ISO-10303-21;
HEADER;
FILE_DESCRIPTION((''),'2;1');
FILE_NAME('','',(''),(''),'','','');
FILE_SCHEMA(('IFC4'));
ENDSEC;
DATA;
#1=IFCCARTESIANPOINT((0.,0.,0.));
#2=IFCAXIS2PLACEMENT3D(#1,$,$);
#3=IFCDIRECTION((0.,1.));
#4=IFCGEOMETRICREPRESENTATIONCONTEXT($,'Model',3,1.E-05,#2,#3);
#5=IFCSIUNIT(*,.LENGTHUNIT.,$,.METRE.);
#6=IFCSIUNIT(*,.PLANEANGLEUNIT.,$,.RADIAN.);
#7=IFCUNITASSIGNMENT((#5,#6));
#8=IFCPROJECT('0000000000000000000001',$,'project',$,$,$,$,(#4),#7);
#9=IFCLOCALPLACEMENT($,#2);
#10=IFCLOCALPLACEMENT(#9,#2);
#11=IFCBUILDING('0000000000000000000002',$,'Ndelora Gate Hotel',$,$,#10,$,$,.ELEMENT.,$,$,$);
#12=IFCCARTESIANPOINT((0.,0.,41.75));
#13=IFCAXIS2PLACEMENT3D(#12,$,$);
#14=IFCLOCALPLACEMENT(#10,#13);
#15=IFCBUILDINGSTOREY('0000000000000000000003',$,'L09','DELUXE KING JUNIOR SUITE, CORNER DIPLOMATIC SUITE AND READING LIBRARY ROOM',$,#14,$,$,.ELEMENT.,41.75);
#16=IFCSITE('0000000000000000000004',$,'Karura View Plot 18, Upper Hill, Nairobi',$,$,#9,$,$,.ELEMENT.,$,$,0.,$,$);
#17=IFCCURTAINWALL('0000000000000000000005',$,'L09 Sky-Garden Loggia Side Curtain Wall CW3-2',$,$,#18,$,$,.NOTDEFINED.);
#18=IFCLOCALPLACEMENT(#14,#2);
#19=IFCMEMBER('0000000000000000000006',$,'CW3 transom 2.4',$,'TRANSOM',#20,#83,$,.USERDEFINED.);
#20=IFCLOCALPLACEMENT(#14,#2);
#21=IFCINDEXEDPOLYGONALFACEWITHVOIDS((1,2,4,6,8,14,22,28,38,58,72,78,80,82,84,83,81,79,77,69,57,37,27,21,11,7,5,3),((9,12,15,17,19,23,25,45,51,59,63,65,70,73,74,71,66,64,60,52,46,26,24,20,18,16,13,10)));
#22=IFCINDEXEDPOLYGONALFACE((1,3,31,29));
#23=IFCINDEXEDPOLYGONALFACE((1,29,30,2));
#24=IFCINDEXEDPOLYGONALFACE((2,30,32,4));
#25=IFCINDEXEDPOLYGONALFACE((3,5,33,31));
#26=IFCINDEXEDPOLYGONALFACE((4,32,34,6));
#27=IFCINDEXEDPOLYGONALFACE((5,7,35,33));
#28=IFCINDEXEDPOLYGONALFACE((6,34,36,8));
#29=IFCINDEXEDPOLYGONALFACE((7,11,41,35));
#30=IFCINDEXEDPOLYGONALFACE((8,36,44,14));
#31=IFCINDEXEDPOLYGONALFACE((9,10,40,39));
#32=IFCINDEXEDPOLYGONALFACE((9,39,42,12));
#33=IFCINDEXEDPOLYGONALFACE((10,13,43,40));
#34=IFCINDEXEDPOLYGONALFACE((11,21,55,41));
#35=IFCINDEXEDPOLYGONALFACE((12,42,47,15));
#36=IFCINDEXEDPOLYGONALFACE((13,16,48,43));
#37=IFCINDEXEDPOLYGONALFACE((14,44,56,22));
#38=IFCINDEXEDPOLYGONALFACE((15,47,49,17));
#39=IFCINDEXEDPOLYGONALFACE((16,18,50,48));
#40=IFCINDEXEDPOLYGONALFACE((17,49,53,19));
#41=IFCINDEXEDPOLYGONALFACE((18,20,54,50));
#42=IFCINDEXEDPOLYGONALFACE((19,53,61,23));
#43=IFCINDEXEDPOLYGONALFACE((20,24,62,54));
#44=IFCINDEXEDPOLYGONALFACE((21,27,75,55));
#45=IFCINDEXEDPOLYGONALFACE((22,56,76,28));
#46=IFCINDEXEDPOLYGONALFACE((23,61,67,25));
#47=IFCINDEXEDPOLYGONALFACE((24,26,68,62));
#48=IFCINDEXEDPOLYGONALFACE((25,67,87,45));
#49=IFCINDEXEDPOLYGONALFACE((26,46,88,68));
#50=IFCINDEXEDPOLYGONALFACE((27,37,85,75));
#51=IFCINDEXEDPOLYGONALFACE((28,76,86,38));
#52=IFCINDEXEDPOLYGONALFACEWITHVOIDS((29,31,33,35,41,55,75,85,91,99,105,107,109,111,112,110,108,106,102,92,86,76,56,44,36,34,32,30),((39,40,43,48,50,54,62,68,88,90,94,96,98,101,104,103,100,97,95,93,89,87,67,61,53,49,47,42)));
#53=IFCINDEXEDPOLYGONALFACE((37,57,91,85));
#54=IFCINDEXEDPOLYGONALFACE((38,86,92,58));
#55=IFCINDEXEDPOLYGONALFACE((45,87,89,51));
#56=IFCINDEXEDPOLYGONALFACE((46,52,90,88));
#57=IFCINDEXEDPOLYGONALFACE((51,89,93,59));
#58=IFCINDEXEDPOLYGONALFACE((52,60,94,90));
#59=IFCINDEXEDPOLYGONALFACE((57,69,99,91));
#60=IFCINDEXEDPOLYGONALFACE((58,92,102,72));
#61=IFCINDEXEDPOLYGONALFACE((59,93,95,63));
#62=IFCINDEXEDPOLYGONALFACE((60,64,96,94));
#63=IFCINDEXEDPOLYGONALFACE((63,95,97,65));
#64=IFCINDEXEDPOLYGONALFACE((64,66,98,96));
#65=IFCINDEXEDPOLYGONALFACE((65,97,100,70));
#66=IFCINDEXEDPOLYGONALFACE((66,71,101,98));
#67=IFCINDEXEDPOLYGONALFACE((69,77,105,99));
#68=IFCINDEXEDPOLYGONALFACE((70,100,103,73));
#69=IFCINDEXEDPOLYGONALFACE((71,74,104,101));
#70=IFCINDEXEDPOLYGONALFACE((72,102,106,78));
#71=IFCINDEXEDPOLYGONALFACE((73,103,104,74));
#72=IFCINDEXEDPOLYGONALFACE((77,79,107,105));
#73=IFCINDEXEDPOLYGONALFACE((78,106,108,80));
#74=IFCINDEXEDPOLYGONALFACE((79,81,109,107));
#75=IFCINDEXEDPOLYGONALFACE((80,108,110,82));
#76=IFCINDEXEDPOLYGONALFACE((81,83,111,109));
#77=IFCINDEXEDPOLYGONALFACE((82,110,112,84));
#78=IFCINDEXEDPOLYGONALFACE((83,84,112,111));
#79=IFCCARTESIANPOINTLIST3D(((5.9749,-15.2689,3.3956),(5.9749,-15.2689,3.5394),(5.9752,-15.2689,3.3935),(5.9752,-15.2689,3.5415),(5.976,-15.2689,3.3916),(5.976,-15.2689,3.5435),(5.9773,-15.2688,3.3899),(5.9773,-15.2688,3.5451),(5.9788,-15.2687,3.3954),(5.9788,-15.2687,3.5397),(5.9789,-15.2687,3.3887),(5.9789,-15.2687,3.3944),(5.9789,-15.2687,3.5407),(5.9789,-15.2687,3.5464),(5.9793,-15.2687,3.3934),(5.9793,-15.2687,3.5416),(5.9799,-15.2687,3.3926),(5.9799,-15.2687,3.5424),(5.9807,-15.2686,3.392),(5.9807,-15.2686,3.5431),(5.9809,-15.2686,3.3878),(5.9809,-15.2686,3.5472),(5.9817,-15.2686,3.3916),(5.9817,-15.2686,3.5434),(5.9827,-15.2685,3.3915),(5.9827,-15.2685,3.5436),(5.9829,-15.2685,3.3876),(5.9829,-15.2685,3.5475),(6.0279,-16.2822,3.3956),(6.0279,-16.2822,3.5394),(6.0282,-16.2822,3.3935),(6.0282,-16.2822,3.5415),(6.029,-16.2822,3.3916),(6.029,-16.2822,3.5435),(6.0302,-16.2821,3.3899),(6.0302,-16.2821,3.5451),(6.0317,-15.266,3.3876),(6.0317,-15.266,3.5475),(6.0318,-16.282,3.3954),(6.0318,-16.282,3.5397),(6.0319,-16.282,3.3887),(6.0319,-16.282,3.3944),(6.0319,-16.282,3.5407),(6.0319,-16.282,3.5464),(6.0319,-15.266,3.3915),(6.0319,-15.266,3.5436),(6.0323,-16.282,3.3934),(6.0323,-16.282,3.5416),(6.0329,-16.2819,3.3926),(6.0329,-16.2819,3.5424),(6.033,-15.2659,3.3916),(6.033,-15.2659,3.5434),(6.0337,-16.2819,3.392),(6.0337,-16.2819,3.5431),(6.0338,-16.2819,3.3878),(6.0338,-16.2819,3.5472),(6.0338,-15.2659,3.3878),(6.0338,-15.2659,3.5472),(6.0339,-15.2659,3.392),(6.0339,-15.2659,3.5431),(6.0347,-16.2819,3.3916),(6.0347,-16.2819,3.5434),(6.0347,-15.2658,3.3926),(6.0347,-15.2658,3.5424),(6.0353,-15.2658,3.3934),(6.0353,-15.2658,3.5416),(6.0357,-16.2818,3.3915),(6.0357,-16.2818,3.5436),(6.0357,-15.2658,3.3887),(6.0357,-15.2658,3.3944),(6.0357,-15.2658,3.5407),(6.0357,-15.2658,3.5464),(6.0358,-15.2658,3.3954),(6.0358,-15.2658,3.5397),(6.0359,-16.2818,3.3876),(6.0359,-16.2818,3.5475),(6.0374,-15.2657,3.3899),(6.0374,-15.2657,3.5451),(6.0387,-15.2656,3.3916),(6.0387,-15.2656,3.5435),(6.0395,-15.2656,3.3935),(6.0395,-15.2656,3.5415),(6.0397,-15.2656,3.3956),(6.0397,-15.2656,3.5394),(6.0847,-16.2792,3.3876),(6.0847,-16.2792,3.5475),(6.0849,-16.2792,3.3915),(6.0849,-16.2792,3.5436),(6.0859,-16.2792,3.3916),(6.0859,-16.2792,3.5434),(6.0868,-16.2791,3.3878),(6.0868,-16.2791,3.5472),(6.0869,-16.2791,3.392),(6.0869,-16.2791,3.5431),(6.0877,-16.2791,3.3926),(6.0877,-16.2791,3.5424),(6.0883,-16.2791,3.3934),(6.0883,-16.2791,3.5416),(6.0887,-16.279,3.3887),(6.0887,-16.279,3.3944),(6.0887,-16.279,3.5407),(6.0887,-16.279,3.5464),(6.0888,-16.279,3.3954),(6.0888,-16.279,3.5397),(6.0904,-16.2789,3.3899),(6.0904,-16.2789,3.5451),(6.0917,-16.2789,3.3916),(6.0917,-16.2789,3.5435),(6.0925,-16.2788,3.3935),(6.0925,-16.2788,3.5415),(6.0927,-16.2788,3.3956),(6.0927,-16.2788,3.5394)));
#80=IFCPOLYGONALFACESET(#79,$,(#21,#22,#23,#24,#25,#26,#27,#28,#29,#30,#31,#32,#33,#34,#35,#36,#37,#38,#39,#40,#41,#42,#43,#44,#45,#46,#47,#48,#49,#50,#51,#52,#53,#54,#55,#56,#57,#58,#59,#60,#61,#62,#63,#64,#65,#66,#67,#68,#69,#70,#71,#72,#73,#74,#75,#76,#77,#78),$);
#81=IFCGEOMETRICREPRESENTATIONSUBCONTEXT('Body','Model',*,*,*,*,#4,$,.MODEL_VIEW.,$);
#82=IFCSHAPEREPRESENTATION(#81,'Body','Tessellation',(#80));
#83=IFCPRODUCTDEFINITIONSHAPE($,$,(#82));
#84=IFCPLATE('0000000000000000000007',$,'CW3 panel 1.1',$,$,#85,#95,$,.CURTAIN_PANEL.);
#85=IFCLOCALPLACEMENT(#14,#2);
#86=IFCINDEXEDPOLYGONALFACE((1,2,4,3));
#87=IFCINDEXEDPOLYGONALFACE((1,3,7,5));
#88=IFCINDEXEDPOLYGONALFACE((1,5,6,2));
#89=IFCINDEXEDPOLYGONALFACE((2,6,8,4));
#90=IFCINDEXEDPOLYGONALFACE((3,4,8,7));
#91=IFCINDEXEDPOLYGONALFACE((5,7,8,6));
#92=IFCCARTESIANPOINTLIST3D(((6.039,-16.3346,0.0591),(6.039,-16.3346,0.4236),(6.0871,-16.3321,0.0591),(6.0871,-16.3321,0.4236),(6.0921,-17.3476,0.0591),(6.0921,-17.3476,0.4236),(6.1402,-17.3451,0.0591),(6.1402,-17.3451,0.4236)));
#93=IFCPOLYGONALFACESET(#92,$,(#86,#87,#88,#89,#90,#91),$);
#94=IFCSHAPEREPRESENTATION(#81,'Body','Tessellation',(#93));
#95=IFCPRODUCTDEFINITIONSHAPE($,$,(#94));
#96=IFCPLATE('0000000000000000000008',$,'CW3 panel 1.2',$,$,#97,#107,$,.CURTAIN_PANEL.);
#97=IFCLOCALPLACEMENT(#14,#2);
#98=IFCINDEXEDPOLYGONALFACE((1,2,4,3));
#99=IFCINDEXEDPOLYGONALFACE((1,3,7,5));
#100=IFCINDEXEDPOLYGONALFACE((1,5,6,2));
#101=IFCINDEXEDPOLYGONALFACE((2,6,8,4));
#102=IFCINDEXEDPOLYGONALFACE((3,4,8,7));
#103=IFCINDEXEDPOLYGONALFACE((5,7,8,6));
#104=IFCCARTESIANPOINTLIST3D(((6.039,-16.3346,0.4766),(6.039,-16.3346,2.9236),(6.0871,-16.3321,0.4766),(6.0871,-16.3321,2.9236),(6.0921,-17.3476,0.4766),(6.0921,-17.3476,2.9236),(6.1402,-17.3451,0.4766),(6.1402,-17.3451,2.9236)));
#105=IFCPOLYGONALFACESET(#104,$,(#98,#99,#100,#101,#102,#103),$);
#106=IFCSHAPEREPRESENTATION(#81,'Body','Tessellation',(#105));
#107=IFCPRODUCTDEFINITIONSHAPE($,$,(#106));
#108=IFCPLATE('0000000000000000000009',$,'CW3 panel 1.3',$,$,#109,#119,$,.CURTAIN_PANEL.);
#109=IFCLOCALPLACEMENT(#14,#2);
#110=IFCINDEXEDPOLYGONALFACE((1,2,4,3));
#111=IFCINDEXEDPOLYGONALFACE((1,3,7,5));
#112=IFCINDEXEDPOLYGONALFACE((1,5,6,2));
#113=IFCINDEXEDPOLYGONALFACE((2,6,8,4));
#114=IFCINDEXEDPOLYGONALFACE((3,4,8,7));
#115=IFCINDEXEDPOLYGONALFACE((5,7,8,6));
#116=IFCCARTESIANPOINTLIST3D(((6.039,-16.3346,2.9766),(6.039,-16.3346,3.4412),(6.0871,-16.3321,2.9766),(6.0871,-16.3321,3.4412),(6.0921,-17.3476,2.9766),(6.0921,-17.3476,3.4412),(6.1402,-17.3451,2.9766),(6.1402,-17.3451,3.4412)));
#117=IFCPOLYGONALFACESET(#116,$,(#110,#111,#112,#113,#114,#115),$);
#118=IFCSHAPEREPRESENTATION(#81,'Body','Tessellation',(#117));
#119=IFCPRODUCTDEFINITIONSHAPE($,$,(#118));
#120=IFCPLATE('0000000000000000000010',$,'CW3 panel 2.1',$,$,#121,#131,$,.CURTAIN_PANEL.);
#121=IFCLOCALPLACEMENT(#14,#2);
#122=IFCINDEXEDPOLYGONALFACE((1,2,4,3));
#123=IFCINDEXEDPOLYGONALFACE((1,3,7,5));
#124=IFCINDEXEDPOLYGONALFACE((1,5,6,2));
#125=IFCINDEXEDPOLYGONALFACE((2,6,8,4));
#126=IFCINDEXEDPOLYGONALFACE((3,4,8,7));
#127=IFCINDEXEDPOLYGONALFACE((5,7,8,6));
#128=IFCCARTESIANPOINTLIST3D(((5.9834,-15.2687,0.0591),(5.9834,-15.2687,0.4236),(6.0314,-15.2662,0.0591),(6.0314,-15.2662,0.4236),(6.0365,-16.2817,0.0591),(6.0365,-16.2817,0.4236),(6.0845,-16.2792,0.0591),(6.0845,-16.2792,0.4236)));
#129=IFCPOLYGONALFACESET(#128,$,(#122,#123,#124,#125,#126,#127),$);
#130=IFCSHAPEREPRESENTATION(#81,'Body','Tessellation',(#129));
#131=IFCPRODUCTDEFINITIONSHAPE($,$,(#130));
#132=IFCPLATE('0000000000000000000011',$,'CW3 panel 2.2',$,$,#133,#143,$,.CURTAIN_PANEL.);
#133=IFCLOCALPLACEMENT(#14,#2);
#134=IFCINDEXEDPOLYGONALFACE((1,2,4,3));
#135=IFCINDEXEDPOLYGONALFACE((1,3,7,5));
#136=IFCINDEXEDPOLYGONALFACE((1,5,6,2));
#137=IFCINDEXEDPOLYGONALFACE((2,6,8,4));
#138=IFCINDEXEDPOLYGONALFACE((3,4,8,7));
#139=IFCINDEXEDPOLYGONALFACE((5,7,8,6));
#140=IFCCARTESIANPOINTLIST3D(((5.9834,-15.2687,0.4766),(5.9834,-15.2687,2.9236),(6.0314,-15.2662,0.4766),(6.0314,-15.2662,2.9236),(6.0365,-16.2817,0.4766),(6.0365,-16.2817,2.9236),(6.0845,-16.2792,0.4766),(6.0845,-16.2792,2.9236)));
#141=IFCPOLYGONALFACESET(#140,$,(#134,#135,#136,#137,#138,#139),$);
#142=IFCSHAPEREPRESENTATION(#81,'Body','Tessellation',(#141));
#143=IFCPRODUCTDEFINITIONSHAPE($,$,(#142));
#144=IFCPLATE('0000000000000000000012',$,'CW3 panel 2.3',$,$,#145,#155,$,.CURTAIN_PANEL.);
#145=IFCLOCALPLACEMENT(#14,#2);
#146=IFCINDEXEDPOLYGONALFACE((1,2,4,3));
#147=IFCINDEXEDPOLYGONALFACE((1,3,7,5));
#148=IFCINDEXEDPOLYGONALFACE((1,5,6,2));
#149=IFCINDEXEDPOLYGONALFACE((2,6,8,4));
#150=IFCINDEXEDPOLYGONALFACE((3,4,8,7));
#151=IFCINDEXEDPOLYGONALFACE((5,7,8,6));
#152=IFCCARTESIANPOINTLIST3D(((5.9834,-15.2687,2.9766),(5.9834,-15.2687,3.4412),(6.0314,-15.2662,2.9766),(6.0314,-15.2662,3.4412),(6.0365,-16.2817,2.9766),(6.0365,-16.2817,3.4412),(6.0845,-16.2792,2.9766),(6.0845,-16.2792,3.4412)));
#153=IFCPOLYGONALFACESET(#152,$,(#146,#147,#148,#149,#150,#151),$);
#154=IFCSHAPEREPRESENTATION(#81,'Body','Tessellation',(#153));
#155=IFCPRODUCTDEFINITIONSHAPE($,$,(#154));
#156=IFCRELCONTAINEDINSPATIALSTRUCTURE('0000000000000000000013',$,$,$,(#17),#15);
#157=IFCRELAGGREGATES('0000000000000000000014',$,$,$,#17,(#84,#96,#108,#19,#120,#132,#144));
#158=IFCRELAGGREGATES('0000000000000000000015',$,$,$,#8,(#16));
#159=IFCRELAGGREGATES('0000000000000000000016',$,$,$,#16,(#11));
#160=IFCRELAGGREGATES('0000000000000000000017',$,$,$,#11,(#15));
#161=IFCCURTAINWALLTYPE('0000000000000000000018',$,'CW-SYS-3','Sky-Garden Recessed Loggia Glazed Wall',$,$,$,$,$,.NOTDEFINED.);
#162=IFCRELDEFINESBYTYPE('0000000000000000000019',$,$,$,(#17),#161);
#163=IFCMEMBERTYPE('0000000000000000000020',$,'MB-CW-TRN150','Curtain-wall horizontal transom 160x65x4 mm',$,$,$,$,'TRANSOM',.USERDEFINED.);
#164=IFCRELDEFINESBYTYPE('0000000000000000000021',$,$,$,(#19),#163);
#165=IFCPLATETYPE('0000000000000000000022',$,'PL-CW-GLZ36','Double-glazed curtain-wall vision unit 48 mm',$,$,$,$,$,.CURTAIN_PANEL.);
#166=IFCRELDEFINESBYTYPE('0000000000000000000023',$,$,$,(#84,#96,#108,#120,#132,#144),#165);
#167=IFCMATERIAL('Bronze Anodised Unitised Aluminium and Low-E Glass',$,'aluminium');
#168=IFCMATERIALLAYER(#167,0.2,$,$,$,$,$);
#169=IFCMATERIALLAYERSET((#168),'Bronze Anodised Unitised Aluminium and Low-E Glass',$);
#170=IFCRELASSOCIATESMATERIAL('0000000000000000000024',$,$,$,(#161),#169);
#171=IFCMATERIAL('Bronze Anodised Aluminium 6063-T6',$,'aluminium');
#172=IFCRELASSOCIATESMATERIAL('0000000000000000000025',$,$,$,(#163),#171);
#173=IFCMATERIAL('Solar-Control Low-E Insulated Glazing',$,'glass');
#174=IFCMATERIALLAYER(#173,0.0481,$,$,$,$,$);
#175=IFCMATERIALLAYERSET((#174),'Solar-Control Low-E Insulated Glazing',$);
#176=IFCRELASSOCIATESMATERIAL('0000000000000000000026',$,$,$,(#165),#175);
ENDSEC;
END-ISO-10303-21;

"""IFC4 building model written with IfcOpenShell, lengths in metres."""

from ifc_helpers import new_model, si_unit, direction, frame, origin, origin_2d, place, context, subcontext, project, spatial, rectangle, hollow_rectangle, extrude, material, layer, layer_set, material_profile, profile_set, type_object, element, aggregate, save


model = new_model("IFC4")

# Units and contexts
model_context = context("Model", 3, precision=1e-05, world=origin(), true_north=direction((0.0, 1.0)))
body_context = subcontext(model_context, "Body", "Model", "MODEL_VIEW")
ifc_project = project(units=[si_unit("LENGTHUNIT", "METRE"), si_unit("PLANEANGLEUNIT", "RADIAN")], contexts=[model_context])

# Site, building, storey
site_placement = place(None, origin())
site = spatial("IfcSite", under=ifc_project, at=site_placement, Name="Karura View Plot 18, Upper Hill, Nairobi", CompositionType="ELEMENT", RefElevation=0.0)
building_placement = place(site_placement, origin())
building = spatial("IfcBuilding", under=site, at=building_placement, Name="Ndelora Gate Hotel", CompositionType="ELEMENT")
storey_placement = place(building_placement, frame((0.0, 0.0, 41.75)))
storey = spatial("IfcBuildingStorey", under=building, at=storey_placement, Name="L09", Description="DELUXE KING JUNIOR SUITE, CORNER DIPLOMATIC SUITE AND READING LIBRARY ROOM", CompositionType="ELEMENT", Elevation=41.75)

# Curtain wall, member, plates
ifc_material_1 = material(Name="Bronze Anodised Unitised Aluminium and Low-E Glass", Category="aluminium")
ifc_layer_1 = layer(ifc_material_1, 0.2)
ifc_layer_set_1 = layer_set([ifc_layer_1], Name="Bronze Anodised Unitised Aluminium and Low-E Glass")
curtain_wall_type = type_object("IfcCurtainWallType", Name="CW-SYS-3", Description="Sky-Garden Recessed Loggia Glazed Wall", PredefinedType="NOTDEFINED", material=ifc_layer_set_1)
curtain_wall_placement = place(storey_placement, origin())
curtain_wall = element("IfcCurtainWall", 1, at=curtain_wall_placement, inside=storey, type_object=curtain_wall_type, Name="L09 Sky-Garden Loggia Side Curtain Wall CW3-2", PredefinedType="NOTDEFINED")
ifc_material_2 = material(Name="Bronze Anodised Aluminium 6063-T6", Category="aluminium")
ifc_material_profile_1 = material_profile(ifc_material_2, hollow_rectangle(XDim=0.0649, YDim=0.1599, WallThickness=0.0039, InnerFilletRadius=0.0039, OuterFilletRadius=0.0081, at=origin_2d()), Name="ALU 160x65x4")
ifc_profile_set_1 = profile_set([ifc_material_profile_1], Name="Bronze Anodised Aluminium 6063-T6")
member_type_1 = type_object("IfcMemberType", Name="MB-CW-TRN150", Description="Curtain-wall horizontal transom 160x65x4 mm", ElementType="TRANSOM", PredefinedType="USERDEFINED", material=ifc_profile_set_1)
member_1_placement = place(storey_placement, frame((6.0603, -16.2805, 3.4675), z_axis=(-0.052218, 0.998636, 0.0), x_axis=(-0.998636, -0.052218, 0.0)))
member_1 = element("IfcMember", 2, at=member_1_placement, type_object=member_type_1, Name="CW3 transom 2.4", ObjectType="TRANSOM", PredefinedType="USERDEFINED", context=body_context, shape_type="SweptSolid", body=[
    extrude(hollow_rectangle(XDim=0.0649, YDim=0.1599, WallThickness=0.0039, InnerFilletRadius=0.0039, OuterFilletRadius=0.0081, at=origin_2d()), origin(), (0.0, 0.0, 1.0), 1.0146),
])
ifc_material_3 = material(Name="Solar-Control Low-E Insulated Glazing", Category="glass")
ifc_layer_2 = layer(ifc_material_3, 0.0481)
ifc_layer_set_2 = layer_set([ifc_layer_2], Name="Solar-Control Low-E Insulated Glazing")
plate_type = type_object("IfcPlateType", Name="PL-CW-GLZ36", Description="Double-glazed curtain-wall vision unit 48 mm", PredefinedType="CURTAIN_PANEL", material=ifc_layer_set_2)
plate_1_placement = place(storey_placement, frame((6.0896, -16.8398, 0.0591), z_axis=(0.0, 0.0, 1.0), x_axis=(-0.052318, 0.99863, 0.0)))
plate_1 = element("IfcPlate", 3, at=plate_1_placement, type_object=plate_type, Name="CW3 panel 1.1", PredefinedType="CURTAIN_PANEL", context=body_context, shape_type="SweptSolid", body=[
    extrude(rectangle(XDim=1.0144, YDim=0.0481, at=origin_2d()), origin(), (0.0, 0.0, 1.0), 0.3645),
])
plate_2_placement = place(storey_placement, frame((6.0896, -16.8398, 0.4766), z_axis=(0.0, 0.0, 1.0), x_axis=(-0.052318, 0.99863, 0.0)))
plate_2 = element("IfcPlate", 4, at=plate_2_placement, type_object=plate_type, Name="CW3 panel 1.2", PredefinedType="CURTAIN_PANEL", context=body_context, shape_type="SweptSolid", body=[
    extrude(rectangle(XDim=1.0144, YDim=0.0481, at=origin_2d()), origin(), (0.0, 0.0, 1.0), 2.447),
])
plate_3_placement = place(storey_placement, frame((6.0896, -16.8398, 2.9766), z_axis=(0.0, 0.0, 1.0), x_axis=(-0.052318, 0.99863, 0.0)))
plate_3 = element("IfcPlate", 5, at=plate_3_placement, type_object=plate_type, Name="CW3 panel 1.3", PredefinedType="CURTAIN_PANEL", context=body_context, shape_type="SweptSolid", body=[
    extrude(rectangle(XDim=1.0144, YDim=0.0481, at=origin_2d()), origin(), (0.0, 0.0, 1.0), 0.4646),
])
plate_4_placement = place(storey_placement, frame((6.0339, -15.7739, 0.0591), z_axis=(0.0, 0.0, 1.0), x_axis=(-0.052318, 0.99863, 0.0)))
plate_4 = element("IfcPlate", 6, at=plate_4_placement, type_object=plate_type, Name="CW3 panel 2.1", PredefinedType="CURTAIN_PANEL", context=body_context, shape_type="SweptSolid", body=[
    extrude(rectangle(XDim=1.0144, YDim=0.0481, at=origin_2d()), origin(), (0.0, 0.0, 1.0), 0.3645),
])
plate_5_placement = place(storey_placement, frame((6.0339, -15.7739, 0.4766), z_axis=(0.0, 0.0, 1.0), x_axis=(-0.052318, 0.99863, 0.0)))
plate_5 = element("IfcPlate", 7, at=plate_5_placement, type_object=plate_type, Name="CW3 panel 2.2", PredefinedType="CURTAIN_PANEL", context=body_context, shape_type="SweptSolid", body=[
    extrude(rectangle(XDim=1.0144, YDim=0.0481, at=origin_2d()), origin(), (0.0, 0.0, 1.0), 2.447),
])
plate_6_placement = place(storey_placement, frame((6.0339, -15.7739, 2.9766), z_axis=(0.0, 0.0, 1.0), x_axis=(-0.052318, 0.99863, 0.0)))
plate_6 = element("IfcPlate", 8, at=plate_6_placement, type_object=plate_type, Name="CW3 panel 2.3", PredefinedType="CURTAIN_PANEL", context=body_context, shape_type="SweptSolid", body=[
    extrude(rectangle(XDim=1.0144, YDim=0.0481, at=origin_2d()), origin(), (0.0, 0.0, 1.0), 0.4646),
])
aggregate(curtain_wall, [plate_1, plate_2, plate_3, member_1, plate_4, plate_5, plate_6])

save(model, "model.ifc")
